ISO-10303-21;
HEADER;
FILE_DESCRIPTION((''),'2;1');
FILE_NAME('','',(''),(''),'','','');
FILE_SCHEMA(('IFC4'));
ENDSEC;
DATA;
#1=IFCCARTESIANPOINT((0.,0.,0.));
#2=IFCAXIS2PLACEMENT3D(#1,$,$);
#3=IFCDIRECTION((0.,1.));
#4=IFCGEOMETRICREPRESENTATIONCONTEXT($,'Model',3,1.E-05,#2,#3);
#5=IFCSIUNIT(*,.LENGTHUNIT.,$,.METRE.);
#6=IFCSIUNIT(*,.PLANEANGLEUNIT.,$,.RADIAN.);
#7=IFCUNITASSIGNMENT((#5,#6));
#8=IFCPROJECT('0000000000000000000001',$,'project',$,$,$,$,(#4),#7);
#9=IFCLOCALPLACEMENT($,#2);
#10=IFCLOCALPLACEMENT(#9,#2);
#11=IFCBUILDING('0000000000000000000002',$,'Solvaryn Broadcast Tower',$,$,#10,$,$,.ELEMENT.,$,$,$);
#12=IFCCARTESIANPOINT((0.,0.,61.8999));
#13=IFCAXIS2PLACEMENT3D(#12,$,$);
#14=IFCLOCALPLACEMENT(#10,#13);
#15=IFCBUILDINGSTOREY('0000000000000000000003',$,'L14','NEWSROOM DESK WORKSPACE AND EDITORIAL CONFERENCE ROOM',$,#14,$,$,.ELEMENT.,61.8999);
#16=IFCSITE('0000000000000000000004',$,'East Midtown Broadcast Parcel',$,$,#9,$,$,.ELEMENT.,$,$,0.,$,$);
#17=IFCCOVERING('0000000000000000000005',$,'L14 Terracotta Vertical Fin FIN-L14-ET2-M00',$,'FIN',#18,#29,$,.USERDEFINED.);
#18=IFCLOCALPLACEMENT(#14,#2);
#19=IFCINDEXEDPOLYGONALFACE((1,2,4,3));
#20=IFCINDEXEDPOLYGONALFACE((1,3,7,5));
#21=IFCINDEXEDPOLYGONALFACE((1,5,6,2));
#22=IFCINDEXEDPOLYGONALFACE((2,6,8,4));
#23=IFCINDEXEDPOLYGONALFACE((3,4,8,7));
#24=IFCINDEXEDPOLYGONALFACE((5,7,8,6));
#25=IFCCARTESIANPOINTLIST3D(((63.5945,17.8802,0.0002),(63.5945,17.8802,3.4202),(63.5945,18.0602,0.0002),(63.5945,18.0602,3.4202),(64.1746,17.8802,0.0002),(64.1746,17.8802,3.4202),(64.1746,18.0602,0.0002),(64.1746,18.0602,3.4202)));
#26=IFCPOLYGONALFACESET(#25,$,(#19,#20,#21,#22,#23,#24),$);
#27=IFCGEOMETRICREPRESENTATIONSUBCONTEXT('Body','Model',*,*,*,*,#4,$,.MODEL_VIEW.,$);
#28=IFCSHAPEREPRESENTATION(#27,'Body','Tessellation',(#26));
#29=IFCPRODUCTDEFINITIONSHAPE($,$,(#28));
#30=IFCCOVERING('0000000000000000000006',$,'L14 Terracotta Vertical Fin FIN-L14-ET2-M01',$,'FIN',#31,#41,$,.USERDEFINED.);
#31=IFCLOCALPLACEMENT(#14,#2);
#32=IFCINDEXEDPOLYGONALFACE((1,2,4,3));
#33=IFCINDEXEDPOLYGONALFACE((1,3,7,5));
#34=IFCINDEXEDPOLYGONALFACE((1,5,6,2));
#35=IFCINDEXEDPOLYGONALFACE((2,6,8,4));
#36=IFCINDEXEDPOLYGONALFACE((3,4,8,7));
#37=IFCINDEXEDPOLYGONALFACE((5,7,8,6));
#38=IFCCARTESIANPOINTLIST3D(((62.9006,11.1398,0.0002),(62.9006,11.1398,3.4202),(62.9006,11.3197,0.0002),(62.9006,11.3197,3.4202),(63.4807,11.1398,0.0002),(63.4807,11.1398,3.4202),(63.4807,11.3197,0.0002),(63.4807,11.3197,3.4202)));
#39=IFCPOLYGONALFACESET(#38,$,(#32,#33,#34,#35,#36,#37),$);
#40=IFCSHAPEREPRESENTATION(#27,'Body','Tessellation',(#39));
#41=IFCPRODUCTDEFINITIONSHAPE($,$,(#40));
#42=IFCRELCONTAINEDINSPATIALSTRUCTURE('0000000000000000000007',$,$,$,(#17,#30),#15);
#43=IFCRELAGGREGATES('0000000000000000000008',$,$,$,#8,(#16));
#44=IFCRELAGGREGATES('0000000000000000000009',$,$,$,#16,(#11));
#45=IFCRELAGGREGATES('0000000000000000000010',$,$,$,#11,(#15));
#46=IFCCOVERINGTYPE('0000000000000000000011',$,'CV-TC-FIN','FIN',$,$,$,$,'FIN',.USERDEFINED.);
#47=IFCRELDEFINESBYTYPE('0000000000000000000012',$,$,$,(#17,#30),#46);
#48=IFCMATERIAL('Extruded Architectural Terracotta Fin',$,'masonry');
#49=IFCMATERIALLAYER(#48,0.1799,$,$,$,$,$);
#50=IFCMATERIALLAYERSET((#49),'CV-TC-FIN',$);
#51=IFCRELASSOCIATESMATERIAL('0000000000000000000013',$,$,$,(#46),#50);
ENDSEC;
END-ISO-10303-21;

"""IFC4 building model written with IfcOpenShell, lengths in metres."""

from ifc_helpers import new_model, si_unit, direction, frame, origin, origin_2d, place, context, subcontext, project, spatial, rectangle, extrude, material, layer, layer_set, type_object, element, save


model = new_model("IFC4")

# Units and contexts
model_context = context("Model", 3, precision=1e-05, world=origin(), true_north=direction((0.0, 1.0)))
body_context = subcontext(model_context, "Body", "Model", "MODEL_VIEW")
ifc_project = project(units=[si_unit("LENGTHUNIT", "METRE"), si_unit("PLANEANGLEUNIT", "RADIAN")], contexts=[model_context])

# Site, building, storey
site_placement = place(None, origin())
site = spatial("IfcSite", under=ifc_project, at=site_placement, Name="East Midtown Broadcast Parcel", CompositionType="ELEMENT", RefElevation=0.0)
building_placement = place(site_placement, origin())
building = spatial("IfcBuilding", under=site, at=building_placement, Name="Solvaryn Broadcast Tower", CompositionType="ELEMENT")
storey_placement = place(building_placement, frame((0.0, 0.0, 61.8999)))
storey = spatial("IfcBuildingStorey", under=building, at=storey_placement, Name="L14", Description="NEWSROOM DESK WORKSPACE AND EDITORIAL CONFERENCE ROOM", CompositionType="ELEMENT", Elevation=61.8999)

# Coverings
ifc_material_1 = material(Name="Extruded Architectural Terracotta Fin", Category="masonry")
ifc_layer_1 = layer(ifc_material_1, 0.1799)
ifc_layer_set_1 = layer_set([ifc_layer_1], Name="CV-TC-FIN")
covering_type_1 = type_object("IfcCoveringType", Name="CV-TC-FIN", Description="FIN", ElementType="FIN", PredefinedType="USERDEFINED", material=ifc_layer_set_1)
for number, where, z_axis, x_axis, name in (
    (1, (63.8845, 17.9702, 0.0002), (0.0, 0.0, 1.0), (1.0, 0.0, 0.0), "L14 Terracotta Vertical Fin FIN-L14-ET2-M00"),
    (2, (63.1907, 11.2297, 0.0002), (0.0, 0.0, 1.0), (1.0, 0.0, 0.0), "L14 Terracotta Vertical Fin FIN-L14-ET2-M01"),
):
    element("IfcCovering", number, at=place(storey_placement, frame(where, z_axis=z_axis, x_axis=x_axis)), inside=storey, type_object=covering_type_1, Name=name, ObjectType="FIN", PredefinedType="USERDEFINED", context=body_context, shape_type="SweptSolid", body=[
        extrude(rectangle(XDim=0.5801, YDim=0.1799, at=origin_2d()), origin(), (0.0, 0.0, 1.0), 3.4199),
    ])

save(model, "model.ifc")
